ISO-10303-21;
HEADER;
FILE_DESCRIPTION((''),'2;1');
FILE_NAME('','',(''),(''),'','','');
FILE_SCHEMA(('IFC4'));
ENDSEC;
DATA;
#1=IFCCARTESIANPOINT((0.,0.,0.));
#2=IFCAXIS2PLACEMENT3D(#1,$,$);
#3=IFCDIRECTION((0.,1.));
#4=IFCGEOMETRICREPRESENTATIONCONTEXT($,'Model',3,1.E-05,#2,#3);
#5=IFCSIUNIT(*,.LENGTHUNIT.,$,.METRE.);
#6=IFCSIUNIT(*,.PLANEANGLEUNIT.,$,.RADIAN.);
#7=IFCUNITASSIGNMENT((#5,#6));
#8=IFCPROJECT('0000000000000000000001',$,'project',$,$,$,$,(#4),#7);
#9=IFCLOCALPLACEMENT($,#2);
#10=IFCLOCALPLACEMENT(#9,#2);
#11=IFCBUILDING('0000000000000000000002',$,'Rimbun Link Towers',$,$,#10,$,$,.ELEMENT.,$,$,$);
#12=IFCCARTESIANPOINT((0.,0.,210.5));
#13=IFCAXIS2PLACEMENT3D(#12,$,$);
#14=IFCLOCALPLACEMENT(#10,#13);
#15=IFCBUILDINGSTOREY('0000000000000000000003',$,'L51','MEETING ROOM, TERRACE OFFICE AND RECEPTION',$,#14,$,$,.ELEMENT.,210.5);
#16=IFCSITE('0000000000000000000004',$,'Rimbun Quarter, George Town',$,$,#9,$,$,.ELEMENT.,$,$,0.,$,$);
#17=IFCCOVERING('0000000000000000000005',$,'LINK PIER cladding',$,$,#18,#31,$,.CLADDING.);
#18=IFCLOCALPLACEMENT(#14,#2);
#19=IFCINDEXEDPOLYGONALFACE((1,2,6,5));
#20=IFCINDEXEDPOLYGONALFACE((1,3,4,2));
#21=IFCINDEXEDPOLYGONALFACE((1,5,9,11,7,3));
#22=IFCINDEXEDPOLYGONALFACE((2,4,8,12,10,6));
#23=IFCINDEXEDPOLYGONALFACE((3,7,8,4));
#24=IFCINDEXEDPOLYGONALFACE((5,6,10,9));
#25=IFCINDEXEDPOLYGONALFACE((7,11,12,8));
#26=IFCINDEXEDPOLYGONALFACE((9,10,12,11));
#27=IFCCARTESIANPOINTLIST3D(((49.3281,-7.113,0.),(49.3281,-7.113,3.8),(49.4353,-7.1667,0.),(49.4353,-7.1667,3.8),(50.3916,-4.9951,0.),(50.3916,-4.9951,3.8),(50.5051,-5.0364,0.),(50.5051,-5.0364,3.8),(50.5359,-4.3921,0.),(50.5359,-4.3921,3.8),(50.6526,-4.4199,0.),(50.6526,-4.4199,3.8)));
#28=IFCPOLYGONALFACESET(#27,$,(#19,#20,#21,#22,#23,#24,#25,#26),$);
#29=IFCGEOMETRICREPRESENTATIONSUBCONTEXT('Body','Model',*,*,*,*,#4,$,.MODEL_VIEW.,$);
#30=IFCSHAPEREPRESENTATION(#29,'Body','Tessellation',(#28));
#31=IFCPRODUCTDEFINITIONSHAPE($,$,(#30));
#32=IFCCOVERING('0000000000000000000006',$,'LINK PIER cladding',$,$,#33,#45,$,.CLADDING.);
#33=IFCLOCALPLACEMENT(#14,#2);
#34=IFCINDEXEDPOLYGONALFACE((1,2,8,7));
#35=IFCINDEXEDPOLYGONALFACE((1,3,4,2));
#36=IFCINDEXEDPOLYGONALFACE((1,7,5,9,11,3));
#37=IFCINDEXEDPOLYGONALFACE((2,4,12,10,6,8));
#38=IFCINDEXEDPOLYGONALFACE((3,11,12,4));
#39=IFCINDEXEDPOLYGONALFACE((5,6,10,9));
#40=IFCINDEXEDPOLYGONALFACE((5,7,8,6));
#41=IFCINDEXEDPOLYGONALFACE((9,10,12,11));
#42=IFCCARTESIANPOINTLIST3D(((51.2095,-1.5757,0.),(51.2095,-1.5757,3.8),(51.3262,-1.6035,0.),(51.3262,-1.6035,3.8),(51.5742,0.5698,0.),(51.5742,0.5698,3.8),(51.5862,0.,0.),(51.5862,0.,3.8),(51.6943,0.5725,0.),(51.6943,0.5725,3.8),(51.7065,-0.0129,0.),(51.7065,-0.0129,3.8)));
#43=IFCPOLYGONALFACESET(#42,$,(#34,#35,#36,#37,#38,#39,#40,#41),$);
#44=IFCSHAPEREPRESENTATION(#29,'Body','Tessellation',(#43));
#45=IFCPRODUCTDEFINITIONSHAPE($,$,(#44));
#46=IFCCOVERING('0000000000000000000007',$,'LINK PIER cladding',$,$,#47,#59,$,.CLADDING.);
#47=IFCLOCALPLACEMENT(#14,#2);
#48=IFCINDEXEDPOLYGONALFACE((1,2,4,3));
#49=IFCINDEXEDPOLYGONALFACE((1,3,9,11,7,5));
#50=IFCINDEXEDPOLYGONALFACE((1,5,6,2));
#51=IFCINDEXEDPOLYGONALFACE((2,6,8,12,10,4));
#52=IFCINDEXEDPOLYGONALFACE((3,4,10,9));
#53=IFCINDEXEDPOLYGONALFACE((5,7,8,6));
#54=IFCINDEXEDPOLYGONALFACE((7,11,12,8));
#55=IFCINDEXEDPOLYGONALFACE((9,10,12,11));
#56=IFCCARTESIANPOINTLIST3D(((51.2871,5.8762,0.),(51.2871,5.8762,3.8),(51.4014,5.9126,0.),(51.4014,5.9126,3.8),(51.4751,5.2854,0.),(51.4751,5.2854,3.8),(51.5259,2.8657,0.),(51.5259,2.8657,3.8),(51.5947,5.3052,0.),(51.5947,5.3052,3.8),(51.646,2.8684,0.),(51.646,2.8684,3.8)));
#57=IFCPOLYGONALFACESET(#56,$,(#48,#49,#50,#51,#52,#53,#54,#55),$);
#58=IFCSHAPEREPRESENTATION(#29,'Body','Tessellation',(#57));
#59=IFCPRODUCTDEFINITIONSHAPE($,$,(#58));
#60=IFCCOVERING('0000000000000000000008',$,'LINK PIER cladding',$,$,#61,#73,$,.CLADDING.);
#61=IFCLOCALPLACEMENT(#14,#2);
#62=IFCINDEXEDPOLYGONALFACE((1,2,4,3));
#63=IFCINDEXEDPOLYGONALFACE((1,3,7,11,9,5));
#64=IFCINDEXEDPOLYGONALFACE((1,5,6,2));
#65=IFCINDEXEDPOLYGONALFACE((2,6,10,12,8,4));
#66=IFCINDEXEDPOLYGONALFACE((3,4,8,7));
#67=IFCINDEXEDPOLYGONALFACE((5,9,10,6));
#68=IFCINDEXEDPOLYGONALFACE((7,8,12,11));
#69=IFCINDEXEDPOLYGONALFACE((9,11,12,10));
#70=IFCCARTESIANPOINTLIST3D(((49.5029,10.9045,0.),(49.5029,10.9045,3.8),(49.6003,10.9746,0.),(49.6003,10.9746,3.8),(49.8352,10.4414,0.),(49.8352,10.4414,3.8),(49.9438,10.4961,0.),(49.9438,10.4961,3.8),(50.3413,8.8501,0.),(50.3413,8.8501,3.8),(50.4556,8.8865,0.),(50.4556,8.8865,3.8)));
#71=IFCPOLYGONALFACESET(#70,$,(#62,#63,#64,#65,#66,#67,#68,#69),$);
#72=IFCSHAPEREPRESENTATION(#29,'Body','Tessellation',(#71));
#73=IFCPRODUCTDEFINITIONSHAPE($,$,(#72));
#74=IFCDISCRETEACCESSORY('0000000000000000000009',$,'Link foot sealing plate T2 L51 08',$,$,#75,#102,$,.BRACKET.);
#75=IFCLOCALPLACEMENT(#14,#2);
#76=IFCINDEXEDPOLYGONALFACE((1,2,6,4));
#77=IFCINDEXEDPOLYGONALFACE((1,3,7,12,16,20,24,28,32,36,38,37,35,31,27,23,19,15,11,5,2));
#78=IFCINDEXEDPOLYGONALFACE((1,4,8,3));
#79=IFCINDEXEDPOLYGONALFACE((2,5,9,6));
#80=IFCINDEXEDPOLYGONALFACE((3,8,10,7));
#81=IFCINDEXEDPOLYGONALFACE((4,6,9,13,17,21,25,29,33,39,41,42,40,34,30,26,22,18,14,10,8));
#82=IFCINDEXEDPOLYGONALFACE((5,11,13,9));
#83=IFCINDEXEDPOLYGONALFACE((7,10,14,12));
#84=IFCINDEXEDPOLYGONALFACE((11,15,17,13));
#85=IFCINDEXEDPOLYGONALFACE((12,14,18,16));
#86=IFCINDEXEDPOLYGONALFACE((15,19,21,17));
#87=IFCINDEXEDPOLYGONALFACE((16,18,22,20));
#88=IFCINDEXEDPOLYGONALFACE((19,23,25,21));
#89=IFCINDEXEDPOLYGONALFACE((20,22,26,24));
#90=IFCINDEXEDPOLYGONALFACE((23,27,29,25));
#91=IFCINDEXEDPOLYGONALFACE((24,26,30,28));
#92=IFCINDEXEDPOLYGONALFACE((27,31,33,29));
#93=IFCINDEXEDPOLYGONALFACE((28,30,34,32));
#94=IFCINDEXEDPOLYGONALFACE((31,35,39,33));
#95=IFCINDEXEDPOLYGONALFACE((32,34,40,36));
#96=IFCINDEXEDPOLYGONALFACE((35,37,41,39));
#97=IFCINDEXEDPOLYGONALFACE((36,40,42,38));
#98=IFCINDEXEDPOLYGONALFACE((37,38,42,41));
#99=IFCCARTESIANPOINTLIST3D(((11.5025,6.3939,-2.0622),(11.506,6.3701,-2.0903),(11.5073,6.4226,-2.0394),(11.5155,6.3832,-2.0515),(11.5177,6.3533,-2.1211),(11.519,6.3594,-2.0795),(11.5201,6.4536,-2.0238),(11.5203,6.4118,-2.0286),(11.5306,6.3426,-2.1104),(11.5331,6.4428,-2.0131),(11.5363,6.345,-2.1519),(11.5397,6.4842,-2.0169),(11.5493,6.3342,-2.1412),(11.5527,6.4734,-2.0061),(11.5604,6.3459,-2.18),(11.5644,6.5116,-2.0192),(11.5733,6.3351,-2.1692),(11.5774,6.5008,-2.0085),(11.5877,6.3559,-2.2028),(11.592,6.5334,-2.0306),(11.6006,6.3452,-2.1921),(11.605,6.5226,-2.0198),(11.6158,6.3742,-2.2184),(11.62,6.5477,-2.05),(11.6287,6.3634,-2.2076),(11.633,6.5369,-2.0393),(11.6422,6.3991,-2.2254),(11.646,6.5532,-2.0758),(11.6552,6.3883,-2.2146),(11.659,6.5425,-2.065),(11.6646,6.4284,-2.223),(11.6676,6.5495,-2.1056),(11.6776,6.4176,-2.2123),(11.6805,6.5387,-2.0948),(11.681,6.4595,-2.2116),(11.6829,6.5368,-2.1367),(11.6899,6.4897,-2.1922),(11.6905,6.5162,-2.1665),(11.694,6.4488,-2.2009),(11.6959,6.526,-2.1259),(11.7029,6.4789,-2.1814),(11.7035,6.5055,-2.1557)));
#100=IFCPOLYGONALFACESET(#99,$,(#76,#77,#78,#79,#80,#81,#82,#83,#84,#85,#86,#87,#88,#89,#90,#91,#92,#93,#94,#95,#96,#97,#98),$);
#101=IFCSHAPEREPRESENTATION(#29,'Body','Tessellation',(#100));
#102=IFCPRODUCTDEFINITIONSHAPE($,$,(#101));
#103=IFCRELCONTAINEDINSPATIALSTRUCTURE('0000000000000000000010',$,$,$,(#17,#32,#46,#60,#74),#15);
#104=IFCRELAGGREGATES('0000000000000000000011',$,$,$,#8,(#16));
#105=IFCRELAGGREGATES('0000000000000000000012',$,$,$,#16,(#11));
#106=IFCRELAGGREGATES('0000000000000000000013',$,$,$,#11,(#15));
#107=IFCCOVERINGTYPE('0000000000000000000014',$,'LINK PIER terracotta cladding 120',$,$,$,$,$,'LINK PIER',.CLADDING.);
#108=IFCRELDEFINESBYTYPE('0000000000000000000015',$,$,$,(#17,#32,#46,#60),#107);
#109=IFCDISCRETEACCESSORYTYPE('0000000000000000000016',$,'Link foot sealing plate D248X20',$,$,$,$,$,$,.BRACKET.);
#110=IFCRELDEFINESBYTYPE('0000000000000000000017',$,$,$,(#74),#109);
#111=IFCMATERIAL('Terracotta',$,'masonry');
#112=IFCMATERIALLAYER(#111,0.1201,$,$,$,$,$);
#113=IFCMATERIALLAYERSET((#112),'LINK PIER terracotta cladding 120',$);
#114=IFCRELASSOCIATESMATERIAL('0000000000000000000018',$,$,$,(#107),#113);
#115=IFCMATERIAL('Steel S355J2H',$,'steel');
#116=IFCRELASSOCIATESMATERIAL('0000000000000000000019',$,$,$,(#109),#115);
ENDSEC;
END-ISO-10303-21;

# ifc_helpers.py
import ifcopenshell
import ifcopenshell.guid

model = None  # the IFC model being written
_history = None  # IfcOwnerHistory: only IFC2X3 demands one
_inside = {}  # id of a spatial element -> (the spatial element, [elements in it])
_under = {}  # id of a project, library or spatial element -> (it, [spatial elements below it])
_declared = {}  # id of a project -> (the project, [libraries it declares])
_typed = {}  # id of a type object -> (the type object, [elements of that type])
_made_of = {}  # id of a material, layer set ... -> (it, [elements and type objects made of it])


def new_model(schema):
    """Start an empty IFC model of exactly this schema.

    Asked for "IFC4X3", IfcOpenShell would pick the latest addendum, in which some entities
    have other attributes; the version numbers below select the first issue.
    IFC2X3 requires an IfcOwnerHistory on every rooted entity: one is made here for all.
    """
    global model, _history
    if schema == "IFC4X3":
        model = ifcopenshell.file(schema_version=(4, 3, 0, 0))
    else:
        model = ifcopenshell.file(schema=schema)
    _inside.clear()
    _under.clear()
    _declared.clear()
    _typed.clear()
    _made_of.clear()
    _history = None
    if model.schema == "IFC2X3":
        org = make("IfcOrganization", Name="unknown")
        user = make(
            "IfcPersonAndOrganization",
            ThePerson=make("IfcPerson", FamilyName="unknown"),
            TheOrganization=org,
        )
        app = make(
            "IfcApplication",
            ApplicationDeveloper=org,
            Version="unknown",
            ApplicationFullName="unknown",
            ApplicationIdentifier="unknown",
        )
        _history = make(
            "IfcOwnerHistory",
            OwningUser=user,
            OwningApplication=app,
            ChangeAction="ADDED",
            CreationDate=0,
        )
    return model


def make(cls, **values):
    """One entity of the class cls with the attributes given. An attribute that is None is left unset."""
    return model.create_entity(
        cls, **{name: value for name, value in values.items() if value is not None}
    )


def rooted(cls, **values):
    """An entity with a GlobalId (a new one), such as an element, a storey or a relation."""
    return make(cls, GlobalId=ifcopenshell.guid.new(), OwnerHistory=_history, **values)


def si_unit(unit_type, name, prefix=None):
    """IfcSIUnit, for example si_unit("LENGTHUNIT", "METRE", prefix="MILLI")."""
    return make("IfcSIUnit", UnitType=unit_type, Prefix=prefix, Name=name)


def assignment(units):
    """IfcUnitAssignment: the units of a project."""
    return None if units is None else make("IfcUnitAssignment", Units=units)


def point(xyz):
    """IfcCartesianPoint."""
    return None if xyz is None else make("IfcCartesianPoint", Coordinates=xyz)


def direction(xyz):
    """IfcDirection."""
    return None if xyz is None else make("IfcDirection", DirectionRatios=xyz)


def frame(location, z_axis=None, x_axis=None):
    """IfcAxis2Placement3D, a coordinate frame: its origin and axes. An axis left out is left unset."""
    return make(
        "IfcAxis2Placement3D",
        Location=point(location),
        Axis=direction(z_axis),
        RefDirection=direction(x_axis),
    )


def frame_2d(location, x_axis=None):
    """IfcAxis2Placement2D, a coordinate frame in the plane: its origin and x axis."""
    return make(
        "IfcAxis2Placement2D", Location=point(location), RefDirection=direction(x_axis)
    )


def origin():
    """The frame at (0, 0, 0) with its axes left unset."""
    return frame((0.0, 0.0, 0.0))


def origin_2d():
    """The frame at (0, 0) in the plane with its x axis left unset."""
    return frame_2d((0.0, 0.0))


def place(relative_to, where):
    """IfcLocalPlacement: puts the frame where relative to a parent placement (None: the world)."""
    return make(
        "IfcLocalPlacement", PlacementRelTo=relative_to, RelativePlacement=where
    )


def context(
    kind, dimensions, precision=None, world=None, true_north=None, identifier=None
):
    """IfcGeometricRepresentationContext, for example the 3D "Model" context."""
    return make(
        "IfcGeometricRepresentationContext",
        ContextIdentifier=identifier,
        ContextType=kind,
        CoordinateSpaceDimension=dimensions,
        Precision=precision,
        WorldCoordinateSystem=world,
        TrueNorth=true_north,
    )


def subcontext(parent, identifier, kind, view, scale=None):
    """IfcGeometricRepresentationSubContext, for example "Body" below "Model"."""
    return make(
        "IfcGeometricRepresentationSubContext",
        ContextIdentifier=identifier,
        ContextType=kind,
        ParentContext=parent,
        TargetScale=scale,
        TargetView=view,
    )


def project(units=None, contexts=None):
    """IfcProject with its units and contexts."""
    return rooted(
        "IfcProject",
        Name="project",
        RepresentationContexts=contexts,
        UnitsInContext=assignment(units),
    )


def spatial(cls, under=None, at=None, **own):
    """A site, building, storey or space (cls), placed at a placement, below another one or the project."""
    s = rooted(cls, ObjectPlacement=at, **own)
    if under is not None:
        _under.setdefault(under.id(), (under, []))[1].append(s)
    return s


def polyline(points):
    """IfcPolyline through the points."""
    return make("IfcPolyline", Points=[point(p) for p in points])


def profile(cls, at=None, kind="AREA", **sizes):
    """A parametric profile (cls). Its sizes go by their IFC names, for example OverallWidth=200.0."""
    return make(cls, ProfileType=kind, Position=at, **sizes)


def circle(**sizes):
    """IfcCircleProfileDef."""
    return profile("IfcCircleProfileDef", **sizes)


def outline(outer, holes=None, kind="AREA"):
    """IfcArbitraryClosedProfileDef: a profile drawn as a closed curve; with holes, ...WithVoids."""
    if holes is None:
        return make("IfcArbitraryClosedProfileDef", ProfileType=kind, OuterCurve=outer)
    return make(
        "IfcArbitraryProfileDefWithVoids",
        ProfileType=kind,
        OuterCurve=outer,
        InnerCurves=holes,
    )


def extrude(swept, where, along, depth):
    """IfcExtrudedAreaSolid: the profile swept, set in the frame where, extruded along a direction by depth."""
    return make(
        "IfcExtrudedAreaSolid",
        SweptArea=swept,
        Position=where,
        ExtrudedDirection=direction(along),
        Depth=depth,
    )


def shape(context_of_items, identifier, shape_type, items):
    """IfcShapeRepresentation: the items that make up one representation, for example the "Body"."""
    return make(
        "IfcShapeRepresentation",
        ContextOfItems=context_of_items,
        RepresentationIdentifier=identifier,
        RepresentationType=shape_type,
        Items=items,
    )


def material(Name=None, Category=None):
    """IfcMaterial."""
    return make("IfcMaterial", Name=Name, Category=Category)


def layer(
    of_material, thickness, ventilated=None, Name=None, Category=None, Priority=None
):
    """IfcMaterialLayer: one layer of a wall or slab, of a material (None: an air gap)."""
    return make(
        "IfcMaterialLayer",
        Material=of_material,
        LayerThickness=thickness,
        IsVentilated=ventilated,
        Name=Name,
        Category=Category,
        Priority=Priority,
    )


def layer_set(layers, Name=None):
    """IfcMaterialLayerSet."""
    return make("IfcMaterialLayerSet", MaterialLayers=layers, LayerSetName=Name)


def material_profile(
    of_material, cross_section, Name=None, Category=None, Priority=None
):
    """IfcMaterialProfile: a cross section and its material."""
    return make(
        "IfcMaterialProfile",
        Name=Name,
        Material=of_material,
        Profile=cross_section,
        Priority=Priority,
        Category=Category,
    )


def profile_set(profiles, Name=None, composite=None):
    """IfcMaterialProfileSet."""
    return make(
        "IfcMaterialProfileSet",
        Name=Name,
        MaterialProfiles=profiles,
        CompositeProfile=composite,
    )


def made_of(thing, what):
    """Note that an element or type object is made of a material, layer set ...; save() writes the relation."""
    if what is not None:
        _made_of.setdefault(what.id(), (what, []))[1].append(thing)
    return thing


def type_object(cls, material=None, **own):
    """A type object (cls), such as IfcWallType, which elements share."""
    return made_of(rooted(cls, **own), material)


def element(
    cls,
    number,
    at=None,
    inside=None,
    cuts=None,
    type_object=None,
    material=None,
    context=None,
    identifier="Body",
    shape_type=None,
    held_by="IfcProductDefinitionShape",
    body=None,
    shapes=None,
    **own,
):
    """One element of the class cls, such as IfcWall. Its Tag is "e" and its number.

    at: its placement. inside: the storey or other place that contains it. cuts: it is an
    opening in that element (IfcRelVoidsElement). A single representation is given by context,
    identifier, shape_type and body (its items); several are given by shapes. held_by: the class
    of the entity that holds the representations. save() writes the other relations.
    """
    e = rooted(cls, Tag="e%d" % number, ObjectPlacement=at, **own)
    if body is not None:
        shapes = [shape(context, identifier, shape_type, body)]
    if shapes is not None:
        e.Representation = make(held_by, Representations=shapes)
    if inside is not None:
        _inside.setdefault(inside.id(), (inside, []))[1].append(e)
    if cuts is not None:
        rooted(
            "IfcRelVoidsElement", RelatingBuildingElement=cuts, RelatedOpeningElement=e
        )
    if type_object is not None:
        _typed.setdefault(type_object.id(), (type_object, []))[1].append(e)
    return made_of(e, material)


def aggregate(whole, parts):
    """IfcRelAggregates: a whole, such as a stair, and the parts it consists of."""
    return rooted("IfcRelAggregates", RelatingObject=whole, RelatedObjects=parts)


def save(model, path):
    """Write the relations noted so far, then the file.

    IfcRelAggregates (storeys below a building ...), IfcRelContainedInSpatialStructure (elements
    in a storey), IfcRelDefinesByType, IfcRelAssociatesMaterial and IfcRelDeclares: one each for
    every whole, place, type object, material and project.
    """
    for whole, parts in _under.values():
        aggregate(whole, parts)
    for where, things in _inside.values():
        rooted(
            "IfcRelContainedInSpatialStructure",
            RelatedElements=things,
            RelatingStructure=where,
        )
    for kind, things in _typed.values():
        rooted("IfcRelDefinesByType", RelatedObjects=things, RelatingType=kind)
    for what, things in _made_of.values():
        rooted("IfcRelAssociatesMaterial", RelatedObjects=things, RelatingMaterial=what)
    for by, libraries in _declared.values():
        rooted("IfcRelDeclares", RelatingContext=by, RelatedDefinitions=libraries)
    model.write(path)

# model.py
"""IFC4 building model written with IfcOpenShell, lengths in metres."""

from ifc_helpers import new_model, si_unit, direction, frame, origin, origin_2d, place, context, subcontext, project, spatial, polyline, circle, outline, extrude, material, layer, layer_set, material_profile, profile_set, type_object, element, save


model = new_model("IFC4")

# Units and contexts
model_context = context("Model", 3, precision=1e-05, world=origin(), true_north=direction((0.0, 1.0)))
body_context = subcontext(model_context, "Body", "Model", "MODEL_VIEW")
ifc_project = project(units=[si_unit("LENGTHUNIT", "METRE"), si_unit("PLANEANGLEUNIT", "RADIAN")], contexts=[model_context])

# Site, building, storey
site_placement = place(None, origin())
site = spatial("IfcSite", under=ifc_project, at=site_placement, Name="Rimbun Quarter, George Town", CompositionType="ELEMENT", RefElevation=0.0)
building_placement = place(site_placement, origin())
building = spatial("IfcBuilding", under=site, at=building_placement, Name="Rimbun Link Towers", CompositionType="ELEMENT")
storey_placement = place(building_placement, frame((0.0, 0.0, 210.5)))
storey = spatial("IfcBuildingStorey", under=building, at=storey_placement, Name="L51", Description="MEETING ROOM, TERRACE OFFICE AND RECEPTION", CompositionType="ELEMENT", Elevation=210.5)

# Coverings
ifc_material_1 = material(Name="Terracotta", Category="masonry")
ifc_layer_1 = layer(ifc_material_1, 0.1201)
ifc_layer_set_1 = layer_set([ifc_layer_1], Name="LINK PIER terracotta cladding 120")
covering_type_1 = type_object("IfcCoveringType", Name="LINK PIER terracotta cladding 120", ElementType="LINK PIER", PredefinedType="CLADDING", material=ifc_layer_set_1)
covering_1_placement = place(storey_placement, origin())
element("IfcCovering", 1, at=covering_1_placement, inside=storey, type_object=covering_type_1, Name="LINK PIER cladding", PredefinedType="CLADDING", context=body_context, shape_type="SweptSolid", body=[
    extrude(outline(polyline([(50.5359, -4.3921), (50.3916, -4.9951), (49.3281, -7.113), (49.4353, -7.1667), (50.5051, -5.0364), (50.6526, -4.4199), (50.5359, -4.3921)])), origin(), (0.0, 0.0, 1.0), 3.8),
])
covering_2_placement = place(storey_placement, origin())
element("IfcCovering", 2, at=covering_2_placement, inside=storey, type_object=covering_type_1, Name="LINK PIER cladding", PredefinedType="CLADDING", context=body_context, shape_type="SweptSolid", body=[
    extrude(outline(polyline([(51.5742, 0.5698), (51.5862, 0.0), (51.2095, -1.5757), (51.3262, -1.6035), (51.7065, -0.0129), (51.6943, 0.5725), (51.5742, 0.5698)])), origin(), (0.0, 0.0, 1.0), 3.8),
])
covering_3_placement = place(storey_placement, origin())
element("IfcCovering", 3, at=covering_3_placement, inside=storey, type_object=covering_type_1, Name="LINK PIER cladding", PredefinedType="CLADDING", context=body_context, shape_type="SweptSolid", body=[
    extrude(outline(polyline([(51.2871, 5.8762), (51.4751, 5.2854), (51.5259, 2.8657), (51.646, 2.8684), (51.5947, 5.3052), (51.4014, 5.9126), (51.2871, 5.8762)])), origin(), (0.0, 0.0, 1.0), 3.8),
])
covering_4_placement = place(storey_placement, origin())
element("IfcCovering", 4, at=covering_4_placement, inside=storey, type_object=covering_type_1, Name="LINK PIER cladding", PredefinedType="CLADDING", context=body_context, shape_type="SweptSolid", body=[
    extrude(outline(polyline([(49.5029, 10.9045), (49.8352, 10.4414), (50.3413, 8.8501), (50.4556, 8.8865), (49.9438, 10.4961), (49.6003, 10.9746), (49.5029, 10.9045)])), origin(), (0.0, 0.0, 1.0), 3.8),
])

# Discrete accessory
ifc_material_2 = material(Name="Steel S355J2H", Category="steel")
ifc_material_profile_1 = material_profile(ifc_material_2, circle(Radius=0.124, at=origin_2d()), Name="PL D248")
ifc_profile_set_1 = profile_set([ifc_material_profile_1], Name="Steel S355J2H")
discrete_accessory_type = type_object("IfcDiscreteAccessoryType", Name="Link foot sealing plate D248X20", PredefinedType="BRACKET", material=ifc_profile_set_1)
discrete_accessory_placement = place(storey_placement, frame((11.6099, 6.438, -2.1104), z_axis=(-0.648418, 0.538309, -0.538309), x_axis=(-0.638755, -0.76941, 0.0)))
element("IfcDiscreteAccessory", 5, at=discrete_accessory_placement, inside=storey, type_object=discrete_accessory_type, Name="Link foot sealing plate T2 L51 08", PredefinedType="BRACKET", context=body_context, shape_type="SweptSolid", body=[
    extrude(circle(Radius=0.124, at=origin_2d()), origin(), (0.0, 0.0, 1.0), 0.02),
])

save(model, "model.ifc")
